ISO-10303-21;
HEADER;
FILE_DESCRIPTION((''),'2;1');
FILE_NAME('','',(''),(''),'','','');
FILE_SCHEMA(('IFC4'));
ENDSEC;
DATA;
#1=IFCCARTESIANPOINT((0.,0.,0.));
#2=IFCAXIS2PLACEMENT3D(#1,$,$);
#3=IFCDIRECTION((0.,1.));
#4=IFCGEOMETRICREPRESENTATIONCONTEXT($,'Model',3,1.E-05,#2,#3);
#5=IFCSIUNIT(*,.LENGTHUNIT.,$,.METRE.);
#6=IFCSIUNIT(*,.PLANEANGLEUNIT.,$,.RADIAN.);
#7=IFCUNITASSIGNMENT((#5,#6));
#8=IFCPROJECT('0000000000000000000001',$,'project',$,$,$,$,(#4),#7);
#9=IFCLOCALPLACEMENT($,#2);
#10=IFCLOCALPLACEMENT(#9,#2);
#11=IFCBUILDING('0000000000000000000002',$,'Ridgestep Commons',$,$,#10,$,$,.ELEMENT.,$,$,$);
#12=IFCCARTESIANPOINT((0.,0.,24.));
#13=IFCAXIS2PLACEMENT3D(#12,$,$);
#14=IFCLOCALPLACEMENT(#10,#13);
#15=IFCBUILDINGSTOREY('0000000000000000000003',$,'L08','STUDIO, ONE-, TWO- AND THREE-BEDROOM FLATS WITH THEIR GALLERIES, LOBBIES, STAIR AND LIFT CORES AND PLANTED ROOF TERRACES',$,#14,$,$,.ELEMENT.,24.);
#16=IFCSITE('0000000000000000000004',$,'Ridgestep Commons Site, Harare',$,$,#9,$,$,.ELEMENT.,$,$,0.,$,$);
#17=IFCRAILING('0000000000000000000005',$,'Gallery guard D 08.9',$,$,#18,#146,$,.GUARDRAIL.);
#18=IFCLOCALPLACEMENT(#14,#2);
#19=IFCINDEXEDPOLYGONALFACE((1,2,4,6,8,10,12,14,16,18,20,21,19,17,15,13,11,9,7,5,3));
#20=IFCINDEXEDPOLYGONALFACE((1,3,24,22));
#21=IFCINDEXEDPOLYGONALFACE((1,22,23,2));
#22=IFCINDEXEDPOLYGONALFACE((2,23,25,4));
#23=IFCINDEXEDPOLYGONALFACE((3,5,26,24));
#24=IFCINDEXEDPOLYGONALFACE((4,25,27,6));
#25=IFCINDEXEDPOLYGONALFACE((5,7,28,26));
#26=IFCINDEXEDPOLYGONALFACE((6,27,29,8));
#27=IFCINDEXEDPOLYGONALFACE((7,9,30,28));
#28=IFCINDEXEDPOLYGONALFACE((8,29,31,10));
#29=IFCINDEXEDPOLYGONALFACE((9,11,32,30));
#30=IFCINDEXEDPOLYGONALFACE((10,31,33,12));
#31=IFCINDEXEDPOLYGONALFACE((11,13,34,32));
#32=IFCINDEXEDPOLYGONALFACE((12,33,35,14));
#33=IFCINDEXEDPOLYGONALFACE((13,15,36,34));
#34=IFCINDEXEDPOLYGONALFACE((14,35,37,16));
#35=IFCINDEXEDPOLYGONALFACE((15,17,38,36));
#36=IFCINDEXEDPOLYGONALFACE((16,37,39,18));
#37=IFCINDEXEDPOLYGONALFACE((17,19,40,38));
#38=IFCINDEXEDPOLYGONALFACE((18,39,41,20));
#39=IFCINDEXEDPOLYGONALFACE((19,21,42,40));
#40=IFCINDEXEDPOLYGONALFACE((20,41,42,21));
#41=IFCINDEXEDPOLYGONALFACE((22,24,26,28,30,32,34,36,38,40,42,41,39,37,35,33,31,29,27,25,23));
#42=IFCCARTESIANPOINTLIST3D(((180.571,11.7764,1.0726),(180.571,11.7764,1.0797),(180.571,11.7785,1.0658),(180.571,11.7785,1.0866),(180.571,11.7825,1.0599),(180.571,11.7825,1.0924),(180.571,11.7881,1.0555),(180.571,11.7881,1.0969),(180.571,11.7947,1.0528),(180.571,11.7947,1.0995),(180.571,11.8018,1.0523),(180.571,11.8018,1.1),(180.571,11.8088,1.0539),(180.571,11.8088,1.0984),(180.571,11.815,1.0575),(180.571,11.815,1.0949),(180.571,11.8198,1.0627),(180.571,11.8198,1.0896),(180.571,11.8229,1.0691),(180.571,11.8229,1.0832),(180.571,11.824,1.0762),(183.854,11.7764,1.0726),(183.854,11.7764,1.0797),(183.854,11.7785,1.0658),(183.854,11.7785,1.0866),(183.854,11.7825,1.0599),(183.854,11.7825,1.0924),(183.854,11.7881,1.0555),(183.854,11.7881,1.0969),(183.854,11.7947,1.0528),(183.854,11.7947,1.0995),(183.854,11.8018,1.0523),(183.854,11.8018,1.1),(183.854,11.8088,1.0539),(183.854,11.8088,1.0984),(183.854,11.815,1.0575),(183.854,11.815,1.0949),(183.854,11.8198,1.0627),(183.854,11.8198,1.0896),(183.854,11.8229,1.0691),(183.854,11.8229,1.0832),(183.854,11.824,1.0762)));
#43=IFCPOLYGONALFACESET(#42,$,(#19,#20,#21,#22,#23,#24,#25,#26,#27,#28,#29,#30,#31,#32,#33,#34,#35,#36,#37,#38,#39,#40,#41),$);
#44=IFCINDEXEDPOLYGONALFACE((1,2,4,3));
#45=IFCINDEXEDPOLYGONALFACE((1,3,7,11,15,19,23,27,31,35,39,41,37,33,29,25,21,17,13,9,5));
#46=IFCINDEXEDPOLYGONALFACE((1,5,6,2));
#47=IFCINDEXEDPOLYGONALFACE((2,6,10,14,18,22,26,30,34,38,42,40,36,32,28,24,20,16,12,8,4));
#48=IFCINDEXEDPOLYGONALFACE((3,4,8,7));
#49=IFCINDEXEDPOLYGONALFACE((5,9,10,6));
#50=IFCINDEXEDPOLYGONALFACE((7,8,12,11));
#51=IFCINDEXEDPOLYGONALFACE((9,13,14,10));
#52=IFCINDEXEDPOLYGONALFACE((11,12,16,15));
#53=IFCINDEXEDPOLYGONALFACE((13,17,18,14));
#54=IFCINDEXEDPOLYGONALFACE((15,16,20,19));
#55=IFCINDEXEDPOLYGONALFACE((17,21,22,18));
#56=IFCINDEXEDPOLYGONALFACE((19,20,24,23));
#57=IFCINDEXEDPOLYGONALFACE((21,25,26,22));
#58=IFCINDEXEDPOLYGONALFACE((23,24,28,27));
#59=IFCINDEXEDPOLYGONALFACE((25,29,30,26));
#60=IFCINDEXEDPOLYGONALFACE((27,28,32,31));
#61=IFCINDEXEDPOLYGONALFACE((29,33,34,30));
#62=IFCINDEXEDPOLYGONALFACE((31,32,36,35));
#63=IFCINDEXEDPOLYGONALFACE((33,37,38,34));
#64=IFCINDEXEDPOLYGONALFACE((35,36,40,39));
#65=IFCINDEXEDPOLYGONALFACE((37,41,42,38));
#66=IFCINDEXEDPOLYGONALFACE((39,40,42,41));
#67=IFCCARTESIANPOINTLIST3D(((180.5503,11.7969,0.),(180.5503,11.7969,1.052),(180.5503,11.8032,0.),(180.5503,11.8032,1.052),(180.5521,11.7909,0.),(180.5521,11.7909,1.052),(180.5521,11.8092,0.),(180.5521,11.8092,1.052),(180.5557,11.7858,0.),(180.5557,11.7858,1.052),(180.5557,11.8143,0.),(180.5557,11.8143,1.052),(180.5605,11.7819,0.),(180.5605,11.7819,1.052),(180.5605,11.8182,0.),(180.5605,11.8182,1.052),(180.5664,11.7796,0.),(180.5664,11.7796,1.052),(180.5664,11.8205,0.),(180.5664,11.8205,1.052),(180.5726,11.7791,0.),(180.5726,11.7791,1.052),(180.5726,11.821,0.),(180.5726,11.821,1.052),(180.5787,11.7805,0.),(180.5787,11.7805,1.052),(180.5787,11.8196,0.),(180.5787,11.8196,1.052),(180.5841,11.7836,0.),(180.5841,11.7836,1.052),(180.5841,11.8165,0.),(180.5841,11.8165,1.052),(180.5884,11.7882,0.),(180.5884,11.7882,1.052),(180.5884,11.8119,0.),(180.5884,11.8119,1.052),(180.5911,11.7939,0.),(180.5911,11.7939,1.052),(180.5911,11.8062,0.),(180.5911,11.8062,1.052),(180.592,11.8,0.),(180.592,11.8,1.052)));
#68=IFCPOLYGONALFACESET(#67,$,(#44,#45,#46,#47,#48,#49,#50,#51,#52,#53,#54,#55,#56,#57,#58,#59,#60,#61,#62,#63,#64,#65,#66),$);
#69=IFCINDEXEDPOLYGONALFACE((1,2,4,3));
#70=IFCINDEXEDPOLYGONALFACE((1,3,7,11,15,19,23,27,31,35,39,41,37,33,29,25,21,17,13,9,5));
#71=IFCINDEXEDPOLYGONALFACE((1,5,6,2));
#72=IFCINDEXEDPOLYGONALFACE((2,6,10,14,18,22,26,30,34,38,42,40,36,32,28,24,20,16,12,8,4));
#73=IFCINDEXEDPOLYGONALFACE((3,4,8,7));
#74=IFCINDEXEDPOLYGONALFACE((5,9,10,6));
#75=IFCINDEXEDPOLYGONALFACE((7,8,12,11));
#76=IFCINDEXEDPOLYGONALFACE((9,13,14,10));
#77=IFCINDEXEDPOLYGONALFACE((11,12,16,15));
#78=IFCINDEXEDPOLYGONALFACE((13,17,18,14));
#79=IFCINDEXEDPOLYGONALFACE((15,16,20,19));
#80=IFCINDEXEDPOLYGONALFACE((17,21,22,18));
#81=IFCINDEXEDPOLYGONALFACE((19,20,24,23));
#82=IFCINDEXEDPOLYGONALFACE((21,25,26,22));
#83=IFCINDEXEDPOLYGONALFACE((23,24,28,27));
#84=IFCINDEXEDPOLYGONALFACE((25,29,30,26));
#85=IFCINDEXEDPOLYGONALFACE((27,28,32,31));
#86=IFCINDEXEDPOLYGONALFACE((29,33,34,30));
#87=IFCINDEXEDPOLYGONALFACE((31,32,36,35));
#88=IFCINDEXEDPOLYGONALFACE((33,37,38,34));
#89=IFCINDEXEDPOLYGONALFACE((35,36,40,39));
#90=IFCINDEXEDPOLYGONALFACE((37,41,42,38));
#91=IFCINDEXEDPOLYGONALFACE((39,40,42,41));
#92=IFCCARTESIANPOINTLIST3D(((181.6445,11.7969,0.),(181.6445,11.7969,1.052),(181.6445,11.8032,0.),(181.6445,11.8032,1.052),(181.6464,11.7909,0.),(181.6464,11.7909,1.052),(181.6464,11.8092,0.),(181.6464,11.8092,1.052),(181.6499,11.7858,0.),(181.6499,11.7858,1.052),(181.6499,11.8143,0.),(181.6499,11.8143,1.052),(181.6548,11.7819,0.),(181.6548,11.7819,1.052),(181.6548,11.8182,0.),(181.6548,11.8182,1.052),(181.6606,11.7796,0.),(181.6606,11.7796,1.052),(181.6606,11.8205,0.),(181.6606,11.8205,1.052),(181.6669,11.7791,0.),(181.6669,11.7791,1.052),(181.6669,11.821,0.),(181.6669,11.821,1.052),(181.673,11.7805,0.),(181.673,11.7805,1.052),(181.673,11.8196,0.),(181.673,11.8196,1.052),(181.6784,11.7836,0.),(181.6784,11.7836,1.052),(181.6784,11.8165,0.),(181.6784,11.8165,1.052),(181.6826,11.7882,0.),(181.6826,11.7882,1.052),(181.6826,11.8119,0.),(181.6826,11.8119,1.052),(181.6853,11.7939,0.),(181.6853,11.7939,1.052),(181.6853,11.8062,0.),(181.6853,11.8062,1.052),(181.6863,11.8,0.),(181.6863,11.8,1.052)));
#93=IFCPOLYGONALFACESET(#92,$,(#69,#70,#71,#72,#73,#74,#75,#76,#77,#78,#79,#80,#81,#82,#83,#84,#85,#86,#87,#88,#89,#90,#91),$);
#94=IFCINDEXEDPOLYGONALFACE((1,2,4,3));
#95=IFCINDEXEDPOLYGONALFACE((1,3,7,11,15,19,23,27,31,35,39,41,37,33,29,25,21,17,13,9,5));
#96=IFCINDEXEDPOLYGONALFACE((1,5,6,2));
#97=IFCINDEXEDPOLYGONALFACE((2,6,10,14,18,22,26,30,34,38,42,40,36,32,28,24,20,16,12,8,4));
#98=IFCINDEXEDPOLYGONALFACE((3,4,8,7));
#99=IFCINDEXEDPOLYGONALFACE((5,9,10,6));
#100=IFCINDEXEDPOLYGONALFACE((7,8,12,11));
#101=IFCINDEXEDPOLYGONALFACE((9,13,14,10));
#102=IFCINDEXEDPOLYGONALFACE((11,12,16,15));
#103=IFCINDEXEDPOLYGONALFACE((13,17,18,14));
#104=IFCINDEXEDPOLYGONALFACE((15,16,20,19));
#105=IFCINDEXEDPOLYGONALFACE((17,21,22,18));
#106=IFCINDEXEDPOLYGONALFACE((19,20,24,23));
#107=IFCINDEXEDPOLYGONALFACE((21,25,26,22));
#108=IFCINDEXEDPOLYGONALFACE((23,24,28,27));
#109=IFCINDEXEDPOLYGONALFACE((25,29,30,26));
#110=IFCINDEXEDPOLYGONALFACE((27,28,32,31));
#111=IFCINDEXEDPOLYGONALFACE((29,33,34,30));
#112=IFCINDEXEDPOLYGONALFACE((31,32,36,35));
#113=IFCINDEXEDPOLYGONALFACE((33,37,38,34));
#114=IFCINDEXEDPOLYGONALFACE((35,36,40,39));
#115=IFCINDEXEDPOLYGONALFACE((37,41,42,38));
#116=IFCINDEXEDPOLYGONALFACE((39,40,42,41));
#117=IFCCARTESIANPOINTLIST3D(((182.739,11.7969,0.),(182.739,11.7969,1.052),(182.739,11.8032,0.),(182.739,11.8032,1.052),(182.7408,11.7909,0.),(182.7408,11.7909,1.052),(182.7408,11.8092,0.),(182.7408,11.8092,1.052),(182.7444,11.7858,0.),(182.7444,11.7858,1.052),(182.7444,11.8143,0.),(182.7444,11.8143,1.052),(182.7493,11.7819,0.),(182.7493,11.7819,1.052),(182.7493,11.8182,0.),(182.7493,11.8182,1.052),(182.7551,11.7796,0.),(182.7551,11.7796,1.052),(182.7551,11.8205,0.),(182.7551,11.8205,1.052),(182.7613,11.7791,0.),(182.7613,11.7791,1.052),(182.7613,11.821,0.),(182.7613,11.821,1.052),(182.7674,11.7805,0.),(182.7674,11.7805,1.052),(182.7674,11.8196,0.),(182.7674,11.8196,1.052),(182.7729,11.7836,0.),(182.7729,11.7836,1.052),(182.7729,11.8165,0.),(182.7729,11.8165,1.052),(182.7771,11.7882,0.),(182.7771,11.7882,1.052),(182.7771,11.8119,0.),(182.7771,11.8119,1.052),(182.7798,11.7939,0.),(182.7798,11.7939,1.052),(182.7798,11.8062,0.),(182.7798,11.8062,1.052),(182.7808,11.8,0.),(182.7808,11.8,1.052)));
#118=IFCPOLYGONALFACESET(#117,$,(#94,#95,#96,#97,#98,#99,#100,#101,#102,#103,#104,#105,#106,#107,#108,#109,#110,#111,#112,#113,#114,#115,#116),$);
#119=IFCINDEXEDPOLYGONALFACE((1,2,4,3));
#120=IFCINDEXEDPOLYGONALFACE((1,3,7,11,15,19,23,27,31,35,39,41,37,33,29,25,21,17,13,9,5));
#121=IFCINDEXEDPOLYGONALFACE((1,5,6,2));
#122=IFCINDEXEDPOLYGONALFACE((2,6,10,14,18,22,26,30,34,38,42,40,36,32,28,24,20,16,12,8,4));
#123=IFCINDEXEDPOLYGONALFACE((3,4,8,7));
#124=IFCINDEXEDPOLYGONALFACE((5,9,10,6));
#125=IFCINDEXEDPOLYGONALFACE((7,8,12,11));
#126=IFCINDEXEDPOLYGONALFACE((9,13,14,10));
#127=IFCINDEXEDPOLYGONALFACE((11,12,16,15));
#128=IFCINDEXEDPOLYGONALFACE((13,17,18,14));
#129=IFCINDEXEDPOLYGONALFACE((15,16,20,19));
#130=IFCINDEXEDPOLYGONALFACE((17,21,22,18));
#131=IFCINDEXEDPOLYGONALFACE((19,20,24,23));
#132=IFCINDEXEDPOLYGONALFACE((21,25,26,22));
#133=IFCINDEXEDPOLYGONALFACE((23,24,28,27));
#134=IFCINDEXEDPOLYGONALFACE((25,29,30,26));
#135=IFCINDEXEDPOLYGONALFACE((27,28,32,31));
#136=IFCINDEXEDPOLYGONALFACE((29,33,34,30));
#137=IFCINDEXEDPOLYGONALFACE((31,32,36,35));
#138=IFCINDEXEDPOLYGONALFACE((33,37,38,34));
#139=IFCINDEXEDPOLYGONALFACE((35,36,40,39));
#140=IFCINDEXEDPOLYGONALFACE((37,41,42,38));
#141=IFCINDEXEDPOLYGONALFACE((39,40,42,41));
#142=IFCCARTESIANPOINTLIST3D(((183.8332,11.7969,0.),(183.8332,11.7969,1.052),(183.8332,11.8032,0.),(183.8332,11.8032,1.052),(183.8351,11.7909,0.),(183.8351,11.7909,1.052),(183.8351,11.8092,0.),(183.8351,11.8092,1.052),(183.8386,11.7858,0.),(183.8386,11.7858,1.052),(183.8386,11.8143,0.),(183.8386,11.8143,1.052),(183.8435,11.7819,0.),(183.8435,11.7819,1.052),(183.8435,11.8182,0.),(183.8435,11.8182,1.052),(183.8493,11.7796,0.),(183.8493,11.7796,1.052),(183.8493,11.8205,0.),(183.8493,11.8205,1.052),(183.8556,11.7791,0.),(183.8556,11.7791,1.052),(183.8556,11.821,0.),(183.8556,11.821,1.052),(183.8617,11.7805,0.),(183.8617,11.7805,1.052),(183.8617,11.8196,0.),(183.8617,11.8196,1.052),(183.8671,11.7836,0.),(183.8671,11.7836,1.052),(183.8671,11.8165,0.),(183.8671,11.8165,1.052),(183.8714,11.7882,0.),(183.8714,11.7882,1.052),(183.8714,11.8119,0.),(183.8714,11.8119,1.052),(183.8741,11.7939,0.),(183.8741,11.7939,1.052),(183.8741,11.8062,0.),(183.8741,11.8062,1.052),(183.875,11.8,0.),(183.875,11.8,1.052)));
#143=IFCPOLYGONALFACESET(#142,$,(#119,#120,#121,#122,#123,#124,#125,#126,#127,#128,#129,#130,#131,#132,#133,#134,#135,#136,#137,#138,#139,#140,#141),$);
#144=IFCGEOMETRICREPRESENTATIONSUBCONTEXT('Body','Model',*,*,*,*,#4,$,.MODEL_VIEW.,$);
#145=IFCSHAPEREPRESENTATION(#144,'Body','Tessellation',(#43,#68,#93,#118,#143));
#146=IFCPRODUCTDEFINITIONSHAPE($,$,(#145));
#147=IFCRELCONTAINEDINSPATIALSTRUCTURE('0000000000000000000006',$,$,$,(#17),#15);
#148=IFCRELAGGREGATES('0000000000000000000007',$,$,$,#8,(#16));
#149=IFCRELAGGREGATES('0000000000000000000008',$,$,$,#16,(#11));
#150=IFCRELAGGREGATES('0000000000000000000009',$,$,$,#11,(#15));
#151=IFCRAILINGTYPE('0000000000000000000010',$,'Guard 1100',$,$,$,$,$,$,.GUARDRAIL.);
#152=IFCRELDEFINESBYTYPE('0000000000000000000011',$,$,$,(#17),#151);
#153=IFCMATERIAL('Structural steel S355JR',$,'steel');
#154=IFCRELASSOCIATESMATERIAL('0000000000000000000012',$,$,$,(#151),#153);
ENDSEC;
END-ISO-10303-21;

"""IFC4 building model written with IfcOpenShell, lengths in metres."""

from ifc_helpers import new_model, si_unit, direction, frame, origin, origin_2d, place, context, subcontext, project, spatial, circle, extrude, material, type_object, element, save


model = new_model("IFC4")

# Units and contexts
model_context = context("Model", 3, precision=1e-05, world=origin(), true_north=direction((0.0, 1.0)))
body_context = subcontext(model_context, "Body", "Model", "MODEL_VIEW")
ifc_project = project(units=[si_unit("LENGTHUNIT", "METRE"), si_unit("PLANEANGLEUNIT", "RADIAN")], contexts=[model_context])

# Site, building, storey
site_placement = place(None, origin())
site = spatial("IfcSite", under=ifc_project, at=site_placement, Name="Ridgestep Commons Site, Harare", CompositionType="ELEMENT", RefElevation=0.0)
building_placement = place(site_placement, origin())
building = spatial("IfcBuilding", under=site, at=building_placement, Name="Ridgestep Commons", CompositionType="ELEMENT")
storey_placement = place(building_placement, frame((0.0, 0.0, 24.0)))
storey = spatial("IfcBuildingStorey", under=building, at=storey_placement, Name="L08", Description="STUDIO, ONE-, TWO- AND THREE-BEDROOM FLATS WITH THEIR GALLERIES, LOBBIES, STAIR AND LIFT CORES AND PLANTED ROOF TERRACES", CompositionType="ELEMENT", Elevation=24.0)

# Railing
ifc_material_1 = material(Name="Structural steel S355JR", Category="steel")
railing_type = type_object("IfcRailingType", Name="Guard 1100", PredefinedType="GUARDRAIL", material=ifc_material_1)
for number, where, name in (
    (1, (180.571, 11.8, 0.0), "Gallery guard D 08.9"),
):
    element("IfcRailing", number, at=place(storey_placement, frame(where)), inside=storey, type_object=railing_type, Name=name, PredefinedType="GUARDRAIL", context=body_context, shape_type="SweptSolid", body=[
        extrude(circle(Radius=0.0239, at=origin_2d()), frame((0.0, 0.0, 1.0762), z_axis=(1.0, 0.0, 0.0), x_axis=(0.0, 1.0, 0.0)), (0.0, 0.0, 1.0), 3.283),
        extrude(circle(Radius=0.021, at=origin_2d()), origin(), (0.0, 0.0, 1.0), 1.052),
        extrude(circle(Radius=0.021, at=origin_2d()), frame((1.0942, 0.0, 0.0)), (0.0, 0.0, 1.0), 1.052),
        extrude(circle(Radius=0.021, at=origin_2d()), frame((2.1887, 0.0, 0.0)), (0.0, 0.0, 1.0), 1.052),
        extrude(circle(Radius=0.021, at=origin_2d()), frame((3.283, 0.0, 0.0)), (0.0, 0.0, 1.0), 1.052),
    ])

save(model, "model.ifc")
